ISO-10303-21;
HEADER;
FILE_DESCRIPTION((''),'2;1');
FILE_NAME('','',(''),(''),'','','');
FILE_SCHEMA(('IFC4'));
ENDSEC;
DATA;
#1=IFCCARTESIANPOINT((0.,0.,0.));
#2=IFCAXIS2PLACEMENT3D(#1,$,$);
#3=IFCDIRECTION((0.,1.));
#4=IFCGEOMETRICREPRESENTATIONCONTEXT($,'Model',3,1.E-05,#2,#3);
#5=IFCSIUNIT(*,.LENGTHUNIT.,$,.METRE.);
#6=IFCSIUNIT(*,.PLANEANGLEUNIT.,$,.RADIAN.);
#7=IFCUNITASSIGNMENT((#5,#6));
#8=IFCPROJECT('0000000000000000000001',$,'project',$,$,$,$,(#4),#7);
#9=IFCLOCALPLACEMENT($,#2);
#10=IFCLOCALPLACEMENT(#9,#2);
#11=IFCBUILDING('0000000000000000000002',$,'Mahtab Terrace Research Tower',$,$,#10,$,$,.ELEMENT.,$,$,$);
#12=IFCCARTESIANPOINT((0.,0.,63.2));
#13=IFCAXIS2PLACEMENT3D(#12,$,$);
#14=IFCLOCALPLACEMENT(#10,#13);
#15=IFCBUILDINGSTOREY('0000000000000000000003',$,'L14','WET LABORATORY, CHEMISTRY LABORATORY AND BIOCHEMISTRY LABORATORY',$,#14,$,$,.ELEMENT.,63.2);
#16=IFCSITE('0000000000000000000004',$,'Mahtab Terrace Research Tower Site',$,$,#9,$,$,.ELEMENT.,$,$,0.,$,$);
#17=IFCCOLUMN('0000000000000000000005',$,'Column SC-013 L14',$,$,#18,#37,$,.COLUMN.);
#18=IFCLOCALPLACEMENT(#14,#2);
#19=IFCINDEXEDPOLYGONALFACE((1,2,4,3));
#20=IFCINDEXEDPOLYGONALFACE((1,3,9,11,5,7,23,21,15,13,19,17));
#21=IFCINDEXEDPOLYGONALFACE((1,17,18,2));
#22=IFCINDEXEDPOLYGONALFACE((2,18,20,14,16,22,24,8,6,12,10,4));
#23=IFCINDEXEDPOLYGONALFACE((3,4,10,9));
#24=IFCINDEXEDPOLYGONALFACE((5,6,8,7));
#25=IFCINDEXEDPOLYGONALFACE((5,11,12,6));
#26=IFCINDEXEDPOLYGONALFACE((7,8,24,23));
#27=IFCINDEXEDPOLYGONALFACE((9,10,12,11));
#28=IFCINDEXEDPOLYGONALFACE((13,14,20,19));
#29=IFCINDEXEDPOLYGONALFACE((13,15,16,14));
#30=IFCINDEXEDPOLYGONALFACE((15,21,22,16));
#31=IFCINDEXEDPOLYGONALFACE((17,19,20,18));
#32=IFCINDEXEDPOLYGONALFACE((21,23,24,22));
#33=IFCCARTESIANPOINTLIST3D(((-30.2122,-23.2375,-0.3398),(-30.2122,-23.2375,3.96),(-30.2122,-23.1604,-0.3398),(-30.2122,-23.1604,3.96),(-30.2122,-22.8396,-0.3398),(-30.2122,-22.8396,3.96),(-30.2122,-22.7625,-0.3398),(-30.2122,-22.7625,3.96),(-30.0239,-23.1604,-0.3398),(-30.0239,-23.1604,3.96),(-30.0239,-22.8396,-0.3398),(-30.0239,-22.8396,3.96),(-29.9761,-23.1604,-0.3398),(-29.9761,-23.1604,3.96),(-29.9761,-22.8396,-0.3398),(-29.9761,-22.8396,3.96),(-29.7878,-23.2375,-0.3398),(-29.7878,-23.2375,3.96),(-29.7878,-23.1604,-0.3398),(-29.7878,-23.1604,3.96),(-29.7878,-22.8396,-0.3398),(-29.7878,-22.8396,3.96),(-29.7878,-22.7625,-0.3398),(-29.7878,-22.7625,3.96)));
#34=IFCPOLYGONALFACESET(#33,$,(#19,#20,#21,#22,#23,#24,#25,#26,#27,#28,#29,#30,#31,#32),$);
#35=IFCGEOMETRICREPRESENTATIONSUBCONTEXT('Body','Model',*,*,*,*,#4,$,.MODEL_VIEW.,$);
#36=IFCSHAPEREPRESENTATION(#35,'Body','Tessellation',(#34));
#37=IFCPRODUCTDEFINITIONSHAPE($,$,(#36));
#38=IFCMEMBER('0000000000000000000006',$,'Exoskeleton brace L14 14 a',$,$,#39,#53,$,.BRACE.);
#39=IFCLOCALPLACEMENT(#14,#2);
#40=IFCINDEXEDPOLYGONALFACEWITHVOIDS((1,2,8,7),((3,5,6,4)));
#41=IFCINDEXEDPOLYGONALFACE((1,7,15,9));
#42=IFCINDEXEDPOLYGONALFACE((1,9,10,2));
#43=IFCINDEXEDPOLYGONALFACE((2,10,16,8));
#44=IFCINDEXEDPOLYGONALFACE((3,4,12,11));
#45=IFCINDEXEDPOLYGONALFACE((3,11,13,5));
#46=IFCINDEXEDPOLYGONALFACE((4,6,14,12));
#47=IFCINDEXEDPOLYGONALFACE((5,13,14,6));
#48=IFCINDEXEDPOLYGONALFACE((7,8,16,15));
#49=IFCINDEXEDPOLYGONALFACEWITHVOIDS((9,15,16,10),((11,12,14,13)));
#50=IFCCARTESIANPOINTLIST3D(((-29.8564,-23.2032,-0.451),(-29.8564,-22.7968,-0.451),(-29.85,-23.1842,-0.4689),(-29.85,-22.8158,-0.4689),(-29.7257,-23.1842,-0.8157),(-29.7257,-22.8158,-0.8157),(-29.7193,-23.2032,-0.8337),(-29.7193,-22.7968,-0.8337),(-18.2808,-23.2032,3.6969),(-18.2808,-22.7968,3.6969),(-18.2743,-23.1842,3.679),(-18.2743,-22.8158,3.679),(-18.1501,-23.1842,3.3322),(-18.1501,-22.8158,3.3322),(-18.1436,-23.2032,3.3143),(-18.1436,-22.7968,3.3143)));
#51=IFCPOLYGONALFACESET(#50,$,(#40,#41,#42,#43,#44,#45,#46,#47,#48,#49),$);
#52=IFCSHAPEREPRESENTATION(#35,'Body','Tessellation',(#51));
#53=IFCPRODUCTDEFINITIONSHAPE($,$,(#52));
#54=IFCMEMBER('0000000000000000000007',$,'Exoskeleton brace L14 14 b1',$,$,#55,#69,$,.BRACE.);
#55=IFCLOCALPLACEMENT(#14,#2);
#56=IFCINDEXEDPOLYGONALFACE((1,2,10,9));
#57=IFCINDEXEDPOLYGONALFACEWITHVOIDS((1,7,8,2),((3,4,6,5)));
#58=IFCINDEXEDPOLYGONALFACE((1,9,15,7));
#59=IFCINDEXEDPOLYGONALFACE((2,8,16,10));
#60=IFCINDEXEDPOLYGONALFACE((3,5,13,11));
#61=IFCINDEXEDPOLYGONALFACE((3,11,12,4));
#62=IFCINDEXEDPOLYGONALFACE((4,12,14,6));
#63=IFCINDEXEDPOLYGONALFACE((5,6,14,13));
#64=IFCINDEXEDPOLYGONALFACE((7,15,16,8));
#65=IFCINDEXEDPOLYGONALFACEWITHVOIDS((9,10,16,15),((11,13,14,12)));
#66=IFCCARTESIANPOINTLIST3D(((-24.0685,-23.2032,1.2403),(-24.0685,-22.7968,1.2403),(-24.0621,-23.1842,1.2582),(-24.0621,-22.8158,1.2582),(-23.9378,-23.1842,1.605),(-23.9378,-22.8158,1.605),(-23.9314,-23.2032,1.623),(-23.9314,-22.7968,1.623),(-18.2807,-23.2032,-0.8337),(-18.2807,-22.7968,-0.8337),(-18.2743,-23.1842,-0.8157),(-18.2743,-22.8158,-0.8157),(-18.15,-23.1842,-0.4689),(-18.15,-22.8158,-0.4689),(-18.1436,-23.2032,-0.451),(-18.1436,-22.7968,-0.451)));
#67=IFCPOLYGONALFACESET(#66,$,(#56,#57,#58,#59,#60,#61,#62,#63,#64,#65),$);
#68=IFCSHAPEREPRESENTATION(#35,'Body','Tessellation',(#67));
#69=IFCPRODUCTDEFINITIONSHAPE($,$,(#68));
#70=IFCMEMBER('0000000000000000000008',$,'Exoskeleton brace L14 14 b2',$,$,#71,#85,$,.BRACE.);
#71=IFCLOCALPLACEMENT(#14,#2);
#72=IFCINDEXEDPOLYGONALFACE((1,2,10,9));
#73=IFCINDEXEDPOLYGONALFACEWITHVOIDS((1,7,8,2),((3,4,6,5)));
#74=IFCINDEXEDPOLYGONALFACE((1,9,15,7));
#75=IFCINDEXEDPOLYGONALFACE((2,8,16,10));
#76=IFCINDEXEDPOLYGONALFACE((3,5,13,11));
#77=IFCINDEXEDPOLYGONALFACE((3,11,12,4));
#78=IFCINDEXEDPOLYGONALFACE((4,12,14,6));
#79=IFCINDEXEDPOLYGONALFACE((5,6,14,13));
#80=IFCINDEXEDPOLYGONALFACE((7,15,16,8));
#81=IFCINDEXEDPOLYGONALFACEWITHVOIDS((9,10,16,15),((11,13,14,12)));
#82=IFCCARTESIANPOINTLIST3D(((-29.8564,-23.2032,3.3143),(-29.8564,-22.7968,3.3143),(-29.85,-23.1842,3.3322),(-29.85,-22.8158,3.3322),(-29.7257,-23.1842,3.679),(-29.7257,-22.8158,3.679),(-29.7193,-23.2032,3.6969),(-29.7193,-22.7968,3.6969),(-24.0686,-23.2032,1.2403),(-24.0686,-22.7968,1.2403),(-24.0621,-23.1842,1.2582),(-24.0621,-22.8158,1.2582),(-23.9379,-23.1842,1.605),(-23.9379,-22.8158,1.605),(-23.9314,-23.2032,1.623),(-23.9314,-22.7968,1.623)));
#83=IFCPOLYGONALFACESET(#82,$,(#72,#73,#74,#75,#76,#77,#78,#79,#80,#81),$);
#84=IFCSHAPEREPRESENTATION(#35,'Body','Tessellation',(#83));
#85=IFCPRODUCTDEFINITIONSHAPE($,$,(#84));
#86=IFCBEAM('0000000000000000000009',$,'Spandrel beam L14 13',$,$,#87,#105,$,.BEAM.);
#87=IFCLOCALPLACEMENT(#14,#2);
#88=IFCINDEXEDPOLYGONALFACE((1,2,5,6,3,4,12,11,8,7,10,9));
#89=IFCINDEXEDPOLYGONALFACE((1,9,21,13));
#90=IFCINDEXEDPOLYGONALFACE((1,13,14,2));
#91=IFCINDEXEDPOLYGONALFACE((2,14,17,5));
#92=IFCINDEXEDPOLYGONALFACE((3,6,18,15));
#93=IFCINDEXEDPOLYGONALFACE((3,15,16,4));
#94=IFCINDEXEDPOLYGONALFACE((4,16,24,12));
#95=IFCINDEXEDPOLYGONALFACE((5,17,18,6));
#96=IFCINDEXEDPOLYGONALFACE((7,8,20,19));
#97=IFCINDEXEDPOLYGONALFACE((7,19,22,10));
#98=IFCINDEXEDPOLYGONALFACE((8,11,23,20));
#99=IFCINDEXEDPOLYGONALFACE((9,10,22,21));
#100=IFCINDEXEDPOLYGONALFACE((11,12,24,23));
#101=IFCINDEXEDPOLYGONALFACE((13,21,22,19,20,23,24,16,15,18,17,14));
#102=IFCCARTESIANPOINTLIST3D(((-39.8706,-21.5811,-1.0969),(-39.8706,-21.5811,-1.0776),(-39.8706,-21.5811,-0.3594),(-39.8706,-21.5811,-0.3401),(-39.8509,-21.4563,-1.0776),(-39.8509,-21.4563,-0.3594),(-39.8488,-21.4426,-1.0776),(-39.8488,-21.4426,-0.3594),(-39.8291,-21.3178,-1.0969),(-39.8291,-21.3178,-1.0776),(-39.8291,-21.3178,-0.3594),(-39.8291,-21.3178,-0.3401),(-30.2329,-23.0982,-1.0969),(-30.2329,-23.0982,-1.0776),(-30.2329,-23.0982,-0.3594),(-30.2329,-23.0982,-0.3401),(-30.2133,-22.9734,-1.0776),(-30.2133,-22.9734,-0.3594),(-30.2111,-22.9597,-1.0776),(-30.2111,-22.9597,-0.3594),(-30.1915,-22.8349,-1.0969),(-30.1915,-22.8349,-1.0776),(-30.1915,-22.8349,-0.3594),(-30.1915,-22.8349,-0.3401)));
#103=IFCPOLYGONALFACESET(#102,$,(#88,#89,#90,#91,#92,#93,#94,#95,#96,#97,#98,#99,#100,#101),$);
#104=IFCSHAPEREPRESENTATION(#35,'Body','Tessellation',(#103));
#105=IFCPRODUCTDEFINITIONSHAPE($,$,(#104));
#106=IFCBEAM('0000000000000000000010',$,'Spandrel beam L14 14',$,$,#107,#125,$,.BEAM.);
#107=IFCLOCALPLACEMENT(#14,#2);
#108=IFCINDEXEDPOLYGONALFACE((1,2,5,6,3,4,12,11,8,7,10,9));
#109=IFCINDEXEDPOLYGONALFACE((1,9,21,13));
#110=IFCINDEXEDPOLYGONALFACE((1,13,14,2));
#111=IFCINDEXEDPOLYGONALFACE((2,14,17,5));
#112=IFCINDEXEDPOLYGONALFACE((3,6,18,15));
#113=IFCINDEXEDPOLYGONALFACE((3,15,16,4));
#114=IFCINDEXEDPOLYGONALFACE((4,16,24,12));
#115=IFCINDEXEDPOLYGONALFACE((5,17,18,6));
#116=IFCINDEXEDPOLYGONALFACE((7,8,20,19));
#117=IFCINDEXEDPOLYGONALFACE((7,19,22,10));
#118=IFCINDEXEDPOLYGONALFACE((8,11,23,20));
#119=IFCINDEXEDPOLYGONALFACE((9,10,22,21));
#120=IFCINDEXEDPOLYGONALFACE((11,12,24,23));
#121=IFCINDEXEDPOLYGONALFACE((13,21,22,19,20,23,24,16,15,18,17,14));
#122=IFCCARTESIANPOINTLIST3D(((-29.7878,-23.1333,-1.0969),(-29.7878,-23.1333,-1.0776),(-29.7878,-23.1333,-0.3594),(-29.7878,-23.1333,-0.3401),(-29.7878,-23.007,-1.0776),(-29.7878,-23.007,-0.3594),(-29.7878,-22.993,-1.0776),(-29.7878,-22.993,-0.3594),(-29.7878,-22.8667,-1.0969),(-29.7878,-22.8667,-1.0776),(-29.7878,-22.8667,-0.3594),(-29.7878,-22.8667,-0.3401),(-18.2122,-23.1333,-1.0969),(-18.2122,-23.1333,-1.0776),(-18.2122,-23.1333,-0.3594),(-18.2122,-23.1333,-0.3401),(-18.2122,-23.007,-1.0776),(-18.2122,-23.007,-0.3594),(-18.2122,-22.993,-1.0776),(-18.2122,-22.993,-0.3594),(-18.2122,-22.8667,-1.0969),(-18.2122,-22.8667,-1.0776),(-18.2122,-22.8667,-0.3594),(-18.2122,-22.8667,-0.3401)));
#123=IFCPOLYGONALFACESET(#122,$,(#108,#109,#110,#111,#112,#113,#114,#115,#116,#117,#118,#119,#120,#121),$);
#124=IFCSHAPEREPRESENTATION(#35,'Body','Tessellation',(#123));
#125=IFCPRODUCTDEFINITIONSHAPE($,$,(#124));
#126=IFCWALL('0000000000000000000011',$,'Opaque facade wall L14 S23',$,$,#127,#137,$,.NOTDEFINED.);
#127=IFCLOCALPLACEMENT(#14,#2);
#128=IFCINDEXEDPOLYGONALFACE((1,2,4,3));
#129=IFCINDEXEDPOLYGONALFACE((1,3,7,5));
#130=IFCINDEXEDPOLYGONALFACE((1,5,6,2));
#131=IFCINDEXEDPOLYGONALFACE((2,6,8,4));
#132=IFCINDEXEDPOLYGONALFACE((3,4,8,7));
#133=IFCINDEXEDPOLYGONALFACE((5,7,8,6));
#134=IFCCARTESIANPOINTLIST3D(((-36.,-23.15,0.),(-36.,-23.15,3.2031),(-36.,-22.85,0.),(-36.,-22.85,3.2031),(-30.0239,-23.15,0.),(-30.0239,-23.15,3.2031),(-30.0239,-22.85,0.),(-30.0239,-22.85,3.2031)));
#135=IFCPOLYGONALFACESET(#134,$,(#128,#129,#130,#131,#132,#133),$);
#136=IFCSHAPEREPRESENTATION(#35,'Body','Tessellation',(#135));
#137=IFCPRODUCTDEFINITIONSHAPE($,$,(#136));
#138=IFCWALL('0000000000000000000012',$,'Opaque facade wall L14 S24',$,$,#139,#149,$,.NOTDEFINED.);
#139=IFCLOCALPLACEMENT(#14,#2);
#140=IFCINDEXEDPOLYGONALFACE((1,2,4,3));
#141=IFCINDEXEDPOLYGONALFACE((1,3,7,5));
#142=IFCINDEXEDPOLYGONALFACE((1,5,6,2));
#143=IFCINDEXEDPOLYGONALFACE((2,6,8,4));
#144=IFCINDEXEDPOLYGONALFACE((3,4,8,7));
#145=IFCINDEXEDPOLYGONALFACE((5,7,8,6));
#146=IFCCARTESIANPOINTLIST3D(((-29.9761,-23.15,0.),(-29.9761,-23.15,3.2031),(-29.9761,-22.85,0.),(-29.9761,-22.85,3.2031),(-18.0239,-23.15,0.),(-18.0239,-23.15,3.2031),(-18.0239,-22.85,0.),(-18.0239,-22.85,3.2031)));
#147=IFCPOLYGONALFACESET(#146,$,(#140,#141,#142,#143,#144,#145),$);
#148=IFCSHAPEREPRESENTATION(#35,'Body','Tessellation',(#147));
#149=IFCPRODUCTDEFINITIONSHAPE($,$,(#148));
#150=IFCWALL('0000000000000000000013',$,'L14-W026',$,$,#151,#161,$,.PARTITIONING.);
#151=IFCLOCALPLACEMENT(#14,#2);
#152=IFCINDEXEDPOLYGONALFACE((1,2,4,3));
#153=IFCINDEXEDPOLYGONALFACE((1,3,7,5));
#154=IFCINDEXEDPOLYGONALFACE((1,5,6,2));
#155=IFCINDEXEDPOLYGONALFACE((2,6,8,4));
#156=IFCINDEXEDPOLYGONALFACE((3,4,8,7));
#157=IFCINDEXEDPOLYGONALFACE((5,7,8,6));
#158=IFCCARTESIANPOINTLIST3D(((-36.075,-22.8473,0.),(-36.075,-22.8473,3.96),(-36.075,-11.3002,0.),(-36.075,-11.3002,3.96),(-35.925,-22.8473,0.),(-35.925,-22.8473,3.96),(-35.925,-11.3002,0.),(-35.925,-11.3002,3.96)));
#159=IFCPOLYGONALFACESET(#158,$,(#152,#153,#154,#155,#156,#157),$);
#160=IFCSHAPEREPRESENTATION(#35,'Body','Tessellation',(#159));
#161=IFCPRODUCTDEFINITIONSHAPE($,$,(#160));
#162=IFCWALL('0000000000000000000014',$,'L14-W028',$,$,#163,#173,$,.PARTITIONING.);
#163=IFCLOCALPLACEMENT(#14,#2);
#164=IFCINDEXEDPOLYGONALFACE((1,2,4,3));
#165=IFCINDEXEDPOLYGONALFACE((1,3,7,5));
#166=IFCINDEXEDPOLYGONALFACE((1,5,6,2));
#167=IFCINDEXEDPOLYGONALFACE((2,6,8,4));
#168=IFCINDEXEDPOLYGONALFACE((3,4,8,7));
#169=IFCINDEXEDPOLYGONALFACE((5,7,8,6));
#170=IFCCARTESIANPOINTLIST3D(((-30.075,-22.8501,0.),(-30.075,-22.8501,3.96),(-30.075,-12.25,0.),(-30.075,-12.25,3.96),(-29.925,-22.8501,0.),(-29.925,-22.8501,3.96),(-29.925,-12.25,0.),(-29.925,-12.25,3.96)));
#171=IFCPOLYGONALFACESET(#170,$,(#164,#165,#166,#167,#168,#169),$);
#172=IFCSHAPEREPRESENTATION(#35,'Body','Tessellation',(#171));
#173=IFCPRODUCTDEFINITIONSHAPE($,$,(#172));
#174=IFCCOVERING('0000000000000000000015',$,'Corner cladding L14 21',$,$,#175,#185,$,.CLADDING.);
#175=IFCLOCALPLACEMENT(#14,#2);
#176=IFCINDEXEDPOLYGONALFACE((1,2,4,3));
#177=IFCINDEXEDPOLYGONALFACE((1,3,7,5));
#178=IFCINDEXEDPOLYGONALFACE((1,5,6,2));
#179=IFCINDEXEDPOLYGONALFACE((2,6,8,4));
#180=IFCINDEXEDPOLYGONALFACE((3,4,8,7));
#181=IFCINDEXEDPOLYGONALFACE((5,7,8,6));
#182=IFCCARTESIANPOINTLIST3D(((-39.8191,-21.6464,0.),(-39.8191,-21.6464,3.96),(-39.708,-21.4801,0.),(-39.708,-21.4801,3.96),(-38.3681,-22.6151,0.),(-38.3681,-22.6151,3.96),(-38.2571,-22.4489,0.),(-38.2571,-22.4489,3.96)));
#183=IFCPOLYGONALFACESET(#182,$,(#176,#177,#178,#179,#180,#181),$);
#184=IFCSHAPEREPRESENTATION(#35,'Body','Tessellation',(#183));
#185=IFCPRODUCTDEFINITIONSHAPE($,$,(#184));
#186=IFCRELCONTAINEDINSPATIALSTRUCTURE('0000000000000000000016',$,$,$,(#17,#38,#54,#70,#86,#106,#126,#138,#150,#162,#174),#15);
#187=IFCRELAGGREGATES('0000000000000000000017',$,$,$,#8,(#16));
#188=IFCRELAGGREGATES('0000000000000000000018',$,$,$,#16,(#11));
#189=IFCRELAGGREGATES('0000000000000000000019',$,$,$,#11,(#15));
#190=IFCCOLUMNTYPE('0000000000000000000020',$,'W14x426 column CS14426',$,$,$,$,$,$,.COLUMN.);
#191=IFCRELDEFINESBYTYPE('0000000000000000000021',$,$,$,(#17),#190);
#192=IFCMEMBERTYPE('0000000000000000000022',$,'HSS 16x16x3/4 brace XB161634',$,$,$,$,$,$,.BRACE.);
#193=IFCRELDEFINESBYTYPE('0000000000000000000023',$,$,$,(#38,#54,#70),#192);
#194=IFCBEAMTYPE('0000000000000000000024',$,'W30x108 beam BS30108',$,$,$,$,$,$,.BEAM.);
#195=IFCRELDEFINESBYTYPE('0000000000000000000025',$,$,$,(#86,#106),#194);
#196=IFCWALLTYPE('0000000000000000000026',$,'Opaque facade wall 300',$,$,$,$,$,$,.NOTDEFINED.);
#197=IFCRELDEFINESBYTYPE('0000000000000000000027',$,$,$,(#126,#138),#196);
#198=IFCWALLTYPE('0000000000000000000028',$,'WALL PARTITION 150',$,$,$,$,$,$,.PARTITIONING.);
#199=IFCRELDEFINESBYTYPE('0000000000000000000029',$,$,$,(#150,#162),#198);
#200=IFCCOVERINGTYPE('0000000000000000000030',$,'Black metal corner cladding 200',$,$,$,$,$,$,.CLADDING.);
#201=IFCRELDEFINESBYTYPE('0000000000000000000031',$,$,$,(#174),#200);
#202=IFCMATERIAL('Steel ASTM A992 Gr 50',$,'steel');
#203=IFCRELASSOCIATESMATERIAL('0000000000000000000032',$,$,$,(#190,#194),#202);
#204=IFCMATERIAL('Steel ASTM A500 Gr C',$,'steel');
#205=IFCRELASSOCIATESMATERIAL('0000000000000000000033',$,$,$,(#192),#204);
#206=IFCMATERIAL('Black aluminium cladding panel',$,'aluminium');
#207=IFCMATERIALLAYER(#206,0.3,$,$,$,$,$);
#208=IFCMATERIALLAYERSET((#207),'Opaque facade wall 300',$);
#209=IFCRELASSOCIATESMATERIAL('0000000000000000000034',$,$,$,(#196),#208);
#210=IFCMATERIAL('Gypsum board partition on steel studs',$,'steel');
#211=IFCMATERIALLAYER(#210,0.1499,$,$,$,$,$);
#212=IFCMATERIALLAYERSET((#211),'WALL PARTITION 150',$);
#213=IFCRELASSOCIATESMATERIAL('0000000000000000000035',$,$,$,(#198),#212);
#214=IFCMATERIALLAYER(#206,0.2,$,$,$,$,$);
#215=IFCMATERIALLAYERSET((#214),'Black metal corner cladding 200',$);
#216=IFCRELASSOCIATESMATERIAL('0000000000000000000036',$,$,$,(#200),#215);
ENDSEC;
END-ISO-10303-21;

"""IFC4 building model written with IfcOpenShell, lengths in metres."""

from ifc_helpers import new_model, si_unit, direction, frame, frame_2d, origin, origin_2d, place, context, subcontext, project, spatial, rectangle, hollow_rectangle, i_section, extrude, material, layer, layer_set, material_profile, profile_set, type_object, element, save


model = new_model("IFC4")

# Units and contexts
model_context = context("Model", 3, precision=1e-05, world=origin(), true_north=direction((0.0, 1.0)))
body_context = subcontext(model_context, "Body", "Model", "MODEL_VIEW")
ifc_project = project(units=[si_unit("LENGTHUNIT", "METRE"), si_unit("PLANEANGLEUNIT", "RADIAN")], contexts=[model_context])

# Site, building, storey
site_placement = place(None, origin())
site = spatial("IfcSite", under=ifc_project, at=site_placement, Name="Mahtab Terrace Research Tower Site", CompositionType="ELEMENT", RefElevation=0.0)
building_placement = place(site_placement, origin())
building = spatial("IfcBuilding", under=site, at=building_placement, Name="Mahtab Terrace Research Tower", CompositionType="ELEMENT")
storey_placement = place(building_placement, frame((0.0, 0.0, 63.2)))
storey = spatial("IfcBuildingStorey", under=building, at=storey_placement, Name="L14", Description="WET LABORATORY, CHEMISTRY LABORATORY AND BIOCHEMISTRY LABORATORY", CompositionType="ELEMENT", Elevation=63.2)

# Column
ifc_material_1 = material(Name="Steel ASTM A992 Gr 50", Category="steel")
ifc_material_profile_1 = material_profile(ifc_material_1, i_section(OverallWidth=0.4243, OverallDepth=0.4751, WebThickness=0.0479, FlangeThickness=0.0771, at=origin_2d()), Name="W14X426")
ifc_profile_set_1 = profile_set([ifc_material_profile_1], Name="Steel ASTM A992 Gr 50")
column_type = type_object("IfcColumnType", Name="W14x426 column CS14426", PredefinedType="COLUMN", material=ifc_profile_set_1)
column_placement = place(storey_placement, frame((-30.0, -23.0, -0.3398), z_axis=(0.0, 0.0, 1.0), x_axis=(1.0, 0.0, 0.0)))
element("IfcColumn", 1, at=column_placement, inside=storey, type_object=column_type, Name="Column SC-013 L14", PredefinedType="COLUMN", context=body_context, shape_type="SweptSolid", body=[
    extrude(i_section(OverallWidth=0.4243, OverallDepth=0.4751, WebThickness=0.0479, FlangeThickness=0.0771, at=origin_2d()), origin(), (0.0, 0.0, 1.0), 4.2998),
])

# Members
ifc_material_2 = material(Name="Steel ASTM A500 Gr C", Category="steel")
ifc_material_profile_2 = material_profile(ifc_material_2, hollow_rectangle(XDim=0.4065, YDim=0.4065, WallThickness=0.019, at=origin_2d()), Name="HSS16X16X3/4")
ifc_profile_set_2 = profile_set([ifc_material_profile_2], Name="Steel ASTM A500 Gr C")
member_type = type_object("IfcMemberType", Name="HSS 16x16x3/4 brace XB161634", PredefinedType="BRACE", material=ifc_profile_set_2)
member_placement = place(storey_placement, frame((-29.7878, -23.0, -0.6423), z_axis=(0.941387, 0.0, 0.33733), x_axis=(0.0, 1.0, 0.0)))
element("IfcMember", 2, at=member_placement, inside=storey, type_object=member_type, Name="Exoskeleton brace L14 14 a", PredefinedType="BRACE", context=body_context, shape_type="SweptSolid", body=[
    extrude(hollow_rectangle(XDim=0.4065, YDim=0.4065, WallThickness=0.019, at=origin_2d()), origin(), (0.0, 0.0, 1.0), 12.2964),
])
for number, where, z_axis, x_axis, name in (
    (3, (-18.2122, -23.0, -0.6423), (-0.941387, 0.0, 0.33733), (0.0, -1.0, 0.0), "Exoskeleton brace L14 14 b1"),
    (4, (-24.0, -23.0, 1.4316), (-0.941387, 0.0, 0.33733), (0.0, -1.0, 0.0), "Exoskeleton brace L14 14 b2"),
):
    element("IfcMember", number, at=place(storey_placement, frame(where, z_axis=z_axis, x_axis=x_axis)), inside=storey, type_object=member_type, Name=name, PredefinedType="BRACE", context=body_context, shape_type="SweptSolid", body=[
        extrude(hollow_rectangle(XDim=0.4065, YDim=0.4065, WallThickness=0.019, at=origin_2d()), origin(), (0.0, 0.0, 1.0), 6.1482),
    ])

# Beams
ifc_material_profile_3 = material_profile(ifc_material_1, i_section(OverallWidth=0.2666, OverallDepth=0.7568, WebThickness=0.0139, FlangeThickness=0.0193, at=origin_2d()), Name="W30X108")
ifc_profile_set_3 = profile_set([ifc_material_profile_3], Name="Steel ASTM A992 Gr 50")
beam_type = type_object("IfcBeamType", Name="W30x108 beam BS30108", PredefinedType="BEAM", material=ifc_profile_set_3)
beam_1_placement = place(storey_placement, frame((-39.8499, -21.4495, -0.7185), z_axis=(0.987836, -0.155497, 0.0), x_axis=(0.155497, 0.987836, 0.0)))
element("IfcBeam", 5, at=beam_1_placement, inside=storey, type_object=beam_type, Name="Spandrel beam L14 13", PredefinedType="BEAM", context=body_context, shape_type="SweptSolid", body=[
    extrude(i_section(OverallWidth=0.2666, OverallDepth=0.7568, WebThickness=0.0139, FlangeThickness=0.0193, at=origin_2d()), origin(), (0.0, 0.0, 1.0), 9.7563),
])
beam_2_placement = place(storey_placement, frame((-29.7878, -23.0, -0.7185), z_axis=(1.0, 0.0, 0.0), x_axis=(0.0, 1.0, 0.0)))
element("IfcBeam", 6, at=beam_2_placement, inside=storey, type_object=beam_type, Name="Spandrel beam L14 14", PredefinedType="BEAM", context=body_context, shape_type="SweptSolid", body=[
    extrude(i_section(OverallWidth=0.2666, OverallDepth=0.7568, WebThickness=0.0139, FlangeThickness=0.0193, at=origin_2d()), origin(), (0.0, 0.0, 1.0), 11.5757),
])

# Walls
ifc_material_3 = material(Name="Black aluminium cladding panel", Category="aluminium")
ifc_layer_1 = layer(ifc_material_3, 0.3)
ifc_layer_set_1 = layer_set([ifc_layer_1], Name="Opaque facade wall 300")
wall_type_1 = type_object("IfcWallType", Name="Opaque facade wall 300", PredefinedType="NOTDEFINED", material=ifc_layer_set_1)
wall_1_placement = place(storey_placement, frame((-36.0, -23.0, 0.0), z_axis=(0.0, 0.0, 1.0), x_axis=(1.0, 0.0, 0.0)))
element("IfcWall", 7, at=wall_1_placement, inside=storey, type_object=wall_type_1, Name="Opaque facade wall L14 S23", PredefinedType="NOTDEFINED", context=body_context, shape_type="SweptSolid", body=[
    extrude(rectangle(XDim=5.9761, YDim=0.3, at=frame_2d((2.988, 0.0))), origin(), (0.0, 0.0, 1.0), 3.2031),
])
wall_2_placement = place(storey_placement, frame((-29.9761, -23.0, 0.0), z_axis=(0.0, 0.0, 1.0), x_axis=(1.0, 0.0, 0.0)))
element("IfcWall", 8, at=wall_2_placement, inside=storey, type_object=wall_type_1, Name="Opaque facade wall L14 S24", PredefinedType="NOTDEFINED", context=body_context, shape_type="SweptSolid", body=[
    extrude(rectangle(XDim=11.9521, YDim=0.3, at=frame_2d((5.9761, 0.0))), origin(), (0.0, 0.0, 1.0), 3.2031),
])
ifc_material_4 = material(Name="Gypsum board partition on steel studs", Category="steel")
ifc_layer_2 = layer(ifc_material_4, 0.1499)
ifc_layer_set_2 = layer_set([ifc_layer_2], Name="WALL PARTITION 150")
wall_type_2 = type_object("IfcWallType", Name="WALL PARTITION 150", PredefinedType="PARTITIONING", material=ifc_layer_set_2)
wall_3_placement = place(storey_placement, frame((-36.0, -22.8472, 0.0), z_axis=(0.0, 0.0, 1.0), x_axis=(0.0, 1.0, 0.0)))
element("IfcWall", 9, at=wall_3_placement, inside=storey, type_object=wall_type_2, Name="L14-W026", PredefinedType="PARTITIONING", context=body_context, shape_type="SweptSolid", body=[
    extrude(rectangle(XDim=11.5471, YDim=0.1499, at=frame_2d((5.7734, 0.0))), origin(), (0.0, 0.0, 1.0), 3.96),
])
wall_4_placement = place(storey_placement, frame((-30.0, -22.8501, 0.0), z_axis=(0.0, 0.0, 1.0), x_axis=(0.0, 1.0, 0.0)))
element("IfcWall", 10, at=wall_4_placement, inside=storey, type_object=wall_type_2, Name="L14-W028", PredefinedType="PARTITIONING", context=body_context, shape_type="SweptSolid", body=[
    extrude(rectangle(XDim=10.6001, YDim=0.1499, at=frame_2d((5.3, 0.0))), origin(), (0.0, 0.0, 1.0), 3.96),
])

# Covering
ifc_layer_3 = layer(ifc_material_3, 0.2)
ifc_layer_set_3 = layer_set([ifc_layer_3], Name="Black metal corner cladding 200")
covering_type = type_object("IfcCoveringType", Name="Black metal corner cladding 200", PredefinedType="CLADDING", material=ifc_layer_set_3)
covering_1_placement = place(storey_placement, frame((-39.0381, -22.0476, 0.0), z_axis=(0.0, 0.0, 1.0), x_axis=(0.831656, -0.555291, 0.0)))
element("IfcCovering", 11, at=covering_1_placement, inside=storey, type_object=covering_type, Name="Corner cladding L14 21", PredefinedType="CLADDING", context=body_context, shape_type="SweptSolid", body=[
    extrude(rectangle(XDim=1.7446, YDim=0.2, at=origin_2d()), origin(), (0.0, 0.0, 1.0), 3.96),
])

save(model, "model.ifc")
